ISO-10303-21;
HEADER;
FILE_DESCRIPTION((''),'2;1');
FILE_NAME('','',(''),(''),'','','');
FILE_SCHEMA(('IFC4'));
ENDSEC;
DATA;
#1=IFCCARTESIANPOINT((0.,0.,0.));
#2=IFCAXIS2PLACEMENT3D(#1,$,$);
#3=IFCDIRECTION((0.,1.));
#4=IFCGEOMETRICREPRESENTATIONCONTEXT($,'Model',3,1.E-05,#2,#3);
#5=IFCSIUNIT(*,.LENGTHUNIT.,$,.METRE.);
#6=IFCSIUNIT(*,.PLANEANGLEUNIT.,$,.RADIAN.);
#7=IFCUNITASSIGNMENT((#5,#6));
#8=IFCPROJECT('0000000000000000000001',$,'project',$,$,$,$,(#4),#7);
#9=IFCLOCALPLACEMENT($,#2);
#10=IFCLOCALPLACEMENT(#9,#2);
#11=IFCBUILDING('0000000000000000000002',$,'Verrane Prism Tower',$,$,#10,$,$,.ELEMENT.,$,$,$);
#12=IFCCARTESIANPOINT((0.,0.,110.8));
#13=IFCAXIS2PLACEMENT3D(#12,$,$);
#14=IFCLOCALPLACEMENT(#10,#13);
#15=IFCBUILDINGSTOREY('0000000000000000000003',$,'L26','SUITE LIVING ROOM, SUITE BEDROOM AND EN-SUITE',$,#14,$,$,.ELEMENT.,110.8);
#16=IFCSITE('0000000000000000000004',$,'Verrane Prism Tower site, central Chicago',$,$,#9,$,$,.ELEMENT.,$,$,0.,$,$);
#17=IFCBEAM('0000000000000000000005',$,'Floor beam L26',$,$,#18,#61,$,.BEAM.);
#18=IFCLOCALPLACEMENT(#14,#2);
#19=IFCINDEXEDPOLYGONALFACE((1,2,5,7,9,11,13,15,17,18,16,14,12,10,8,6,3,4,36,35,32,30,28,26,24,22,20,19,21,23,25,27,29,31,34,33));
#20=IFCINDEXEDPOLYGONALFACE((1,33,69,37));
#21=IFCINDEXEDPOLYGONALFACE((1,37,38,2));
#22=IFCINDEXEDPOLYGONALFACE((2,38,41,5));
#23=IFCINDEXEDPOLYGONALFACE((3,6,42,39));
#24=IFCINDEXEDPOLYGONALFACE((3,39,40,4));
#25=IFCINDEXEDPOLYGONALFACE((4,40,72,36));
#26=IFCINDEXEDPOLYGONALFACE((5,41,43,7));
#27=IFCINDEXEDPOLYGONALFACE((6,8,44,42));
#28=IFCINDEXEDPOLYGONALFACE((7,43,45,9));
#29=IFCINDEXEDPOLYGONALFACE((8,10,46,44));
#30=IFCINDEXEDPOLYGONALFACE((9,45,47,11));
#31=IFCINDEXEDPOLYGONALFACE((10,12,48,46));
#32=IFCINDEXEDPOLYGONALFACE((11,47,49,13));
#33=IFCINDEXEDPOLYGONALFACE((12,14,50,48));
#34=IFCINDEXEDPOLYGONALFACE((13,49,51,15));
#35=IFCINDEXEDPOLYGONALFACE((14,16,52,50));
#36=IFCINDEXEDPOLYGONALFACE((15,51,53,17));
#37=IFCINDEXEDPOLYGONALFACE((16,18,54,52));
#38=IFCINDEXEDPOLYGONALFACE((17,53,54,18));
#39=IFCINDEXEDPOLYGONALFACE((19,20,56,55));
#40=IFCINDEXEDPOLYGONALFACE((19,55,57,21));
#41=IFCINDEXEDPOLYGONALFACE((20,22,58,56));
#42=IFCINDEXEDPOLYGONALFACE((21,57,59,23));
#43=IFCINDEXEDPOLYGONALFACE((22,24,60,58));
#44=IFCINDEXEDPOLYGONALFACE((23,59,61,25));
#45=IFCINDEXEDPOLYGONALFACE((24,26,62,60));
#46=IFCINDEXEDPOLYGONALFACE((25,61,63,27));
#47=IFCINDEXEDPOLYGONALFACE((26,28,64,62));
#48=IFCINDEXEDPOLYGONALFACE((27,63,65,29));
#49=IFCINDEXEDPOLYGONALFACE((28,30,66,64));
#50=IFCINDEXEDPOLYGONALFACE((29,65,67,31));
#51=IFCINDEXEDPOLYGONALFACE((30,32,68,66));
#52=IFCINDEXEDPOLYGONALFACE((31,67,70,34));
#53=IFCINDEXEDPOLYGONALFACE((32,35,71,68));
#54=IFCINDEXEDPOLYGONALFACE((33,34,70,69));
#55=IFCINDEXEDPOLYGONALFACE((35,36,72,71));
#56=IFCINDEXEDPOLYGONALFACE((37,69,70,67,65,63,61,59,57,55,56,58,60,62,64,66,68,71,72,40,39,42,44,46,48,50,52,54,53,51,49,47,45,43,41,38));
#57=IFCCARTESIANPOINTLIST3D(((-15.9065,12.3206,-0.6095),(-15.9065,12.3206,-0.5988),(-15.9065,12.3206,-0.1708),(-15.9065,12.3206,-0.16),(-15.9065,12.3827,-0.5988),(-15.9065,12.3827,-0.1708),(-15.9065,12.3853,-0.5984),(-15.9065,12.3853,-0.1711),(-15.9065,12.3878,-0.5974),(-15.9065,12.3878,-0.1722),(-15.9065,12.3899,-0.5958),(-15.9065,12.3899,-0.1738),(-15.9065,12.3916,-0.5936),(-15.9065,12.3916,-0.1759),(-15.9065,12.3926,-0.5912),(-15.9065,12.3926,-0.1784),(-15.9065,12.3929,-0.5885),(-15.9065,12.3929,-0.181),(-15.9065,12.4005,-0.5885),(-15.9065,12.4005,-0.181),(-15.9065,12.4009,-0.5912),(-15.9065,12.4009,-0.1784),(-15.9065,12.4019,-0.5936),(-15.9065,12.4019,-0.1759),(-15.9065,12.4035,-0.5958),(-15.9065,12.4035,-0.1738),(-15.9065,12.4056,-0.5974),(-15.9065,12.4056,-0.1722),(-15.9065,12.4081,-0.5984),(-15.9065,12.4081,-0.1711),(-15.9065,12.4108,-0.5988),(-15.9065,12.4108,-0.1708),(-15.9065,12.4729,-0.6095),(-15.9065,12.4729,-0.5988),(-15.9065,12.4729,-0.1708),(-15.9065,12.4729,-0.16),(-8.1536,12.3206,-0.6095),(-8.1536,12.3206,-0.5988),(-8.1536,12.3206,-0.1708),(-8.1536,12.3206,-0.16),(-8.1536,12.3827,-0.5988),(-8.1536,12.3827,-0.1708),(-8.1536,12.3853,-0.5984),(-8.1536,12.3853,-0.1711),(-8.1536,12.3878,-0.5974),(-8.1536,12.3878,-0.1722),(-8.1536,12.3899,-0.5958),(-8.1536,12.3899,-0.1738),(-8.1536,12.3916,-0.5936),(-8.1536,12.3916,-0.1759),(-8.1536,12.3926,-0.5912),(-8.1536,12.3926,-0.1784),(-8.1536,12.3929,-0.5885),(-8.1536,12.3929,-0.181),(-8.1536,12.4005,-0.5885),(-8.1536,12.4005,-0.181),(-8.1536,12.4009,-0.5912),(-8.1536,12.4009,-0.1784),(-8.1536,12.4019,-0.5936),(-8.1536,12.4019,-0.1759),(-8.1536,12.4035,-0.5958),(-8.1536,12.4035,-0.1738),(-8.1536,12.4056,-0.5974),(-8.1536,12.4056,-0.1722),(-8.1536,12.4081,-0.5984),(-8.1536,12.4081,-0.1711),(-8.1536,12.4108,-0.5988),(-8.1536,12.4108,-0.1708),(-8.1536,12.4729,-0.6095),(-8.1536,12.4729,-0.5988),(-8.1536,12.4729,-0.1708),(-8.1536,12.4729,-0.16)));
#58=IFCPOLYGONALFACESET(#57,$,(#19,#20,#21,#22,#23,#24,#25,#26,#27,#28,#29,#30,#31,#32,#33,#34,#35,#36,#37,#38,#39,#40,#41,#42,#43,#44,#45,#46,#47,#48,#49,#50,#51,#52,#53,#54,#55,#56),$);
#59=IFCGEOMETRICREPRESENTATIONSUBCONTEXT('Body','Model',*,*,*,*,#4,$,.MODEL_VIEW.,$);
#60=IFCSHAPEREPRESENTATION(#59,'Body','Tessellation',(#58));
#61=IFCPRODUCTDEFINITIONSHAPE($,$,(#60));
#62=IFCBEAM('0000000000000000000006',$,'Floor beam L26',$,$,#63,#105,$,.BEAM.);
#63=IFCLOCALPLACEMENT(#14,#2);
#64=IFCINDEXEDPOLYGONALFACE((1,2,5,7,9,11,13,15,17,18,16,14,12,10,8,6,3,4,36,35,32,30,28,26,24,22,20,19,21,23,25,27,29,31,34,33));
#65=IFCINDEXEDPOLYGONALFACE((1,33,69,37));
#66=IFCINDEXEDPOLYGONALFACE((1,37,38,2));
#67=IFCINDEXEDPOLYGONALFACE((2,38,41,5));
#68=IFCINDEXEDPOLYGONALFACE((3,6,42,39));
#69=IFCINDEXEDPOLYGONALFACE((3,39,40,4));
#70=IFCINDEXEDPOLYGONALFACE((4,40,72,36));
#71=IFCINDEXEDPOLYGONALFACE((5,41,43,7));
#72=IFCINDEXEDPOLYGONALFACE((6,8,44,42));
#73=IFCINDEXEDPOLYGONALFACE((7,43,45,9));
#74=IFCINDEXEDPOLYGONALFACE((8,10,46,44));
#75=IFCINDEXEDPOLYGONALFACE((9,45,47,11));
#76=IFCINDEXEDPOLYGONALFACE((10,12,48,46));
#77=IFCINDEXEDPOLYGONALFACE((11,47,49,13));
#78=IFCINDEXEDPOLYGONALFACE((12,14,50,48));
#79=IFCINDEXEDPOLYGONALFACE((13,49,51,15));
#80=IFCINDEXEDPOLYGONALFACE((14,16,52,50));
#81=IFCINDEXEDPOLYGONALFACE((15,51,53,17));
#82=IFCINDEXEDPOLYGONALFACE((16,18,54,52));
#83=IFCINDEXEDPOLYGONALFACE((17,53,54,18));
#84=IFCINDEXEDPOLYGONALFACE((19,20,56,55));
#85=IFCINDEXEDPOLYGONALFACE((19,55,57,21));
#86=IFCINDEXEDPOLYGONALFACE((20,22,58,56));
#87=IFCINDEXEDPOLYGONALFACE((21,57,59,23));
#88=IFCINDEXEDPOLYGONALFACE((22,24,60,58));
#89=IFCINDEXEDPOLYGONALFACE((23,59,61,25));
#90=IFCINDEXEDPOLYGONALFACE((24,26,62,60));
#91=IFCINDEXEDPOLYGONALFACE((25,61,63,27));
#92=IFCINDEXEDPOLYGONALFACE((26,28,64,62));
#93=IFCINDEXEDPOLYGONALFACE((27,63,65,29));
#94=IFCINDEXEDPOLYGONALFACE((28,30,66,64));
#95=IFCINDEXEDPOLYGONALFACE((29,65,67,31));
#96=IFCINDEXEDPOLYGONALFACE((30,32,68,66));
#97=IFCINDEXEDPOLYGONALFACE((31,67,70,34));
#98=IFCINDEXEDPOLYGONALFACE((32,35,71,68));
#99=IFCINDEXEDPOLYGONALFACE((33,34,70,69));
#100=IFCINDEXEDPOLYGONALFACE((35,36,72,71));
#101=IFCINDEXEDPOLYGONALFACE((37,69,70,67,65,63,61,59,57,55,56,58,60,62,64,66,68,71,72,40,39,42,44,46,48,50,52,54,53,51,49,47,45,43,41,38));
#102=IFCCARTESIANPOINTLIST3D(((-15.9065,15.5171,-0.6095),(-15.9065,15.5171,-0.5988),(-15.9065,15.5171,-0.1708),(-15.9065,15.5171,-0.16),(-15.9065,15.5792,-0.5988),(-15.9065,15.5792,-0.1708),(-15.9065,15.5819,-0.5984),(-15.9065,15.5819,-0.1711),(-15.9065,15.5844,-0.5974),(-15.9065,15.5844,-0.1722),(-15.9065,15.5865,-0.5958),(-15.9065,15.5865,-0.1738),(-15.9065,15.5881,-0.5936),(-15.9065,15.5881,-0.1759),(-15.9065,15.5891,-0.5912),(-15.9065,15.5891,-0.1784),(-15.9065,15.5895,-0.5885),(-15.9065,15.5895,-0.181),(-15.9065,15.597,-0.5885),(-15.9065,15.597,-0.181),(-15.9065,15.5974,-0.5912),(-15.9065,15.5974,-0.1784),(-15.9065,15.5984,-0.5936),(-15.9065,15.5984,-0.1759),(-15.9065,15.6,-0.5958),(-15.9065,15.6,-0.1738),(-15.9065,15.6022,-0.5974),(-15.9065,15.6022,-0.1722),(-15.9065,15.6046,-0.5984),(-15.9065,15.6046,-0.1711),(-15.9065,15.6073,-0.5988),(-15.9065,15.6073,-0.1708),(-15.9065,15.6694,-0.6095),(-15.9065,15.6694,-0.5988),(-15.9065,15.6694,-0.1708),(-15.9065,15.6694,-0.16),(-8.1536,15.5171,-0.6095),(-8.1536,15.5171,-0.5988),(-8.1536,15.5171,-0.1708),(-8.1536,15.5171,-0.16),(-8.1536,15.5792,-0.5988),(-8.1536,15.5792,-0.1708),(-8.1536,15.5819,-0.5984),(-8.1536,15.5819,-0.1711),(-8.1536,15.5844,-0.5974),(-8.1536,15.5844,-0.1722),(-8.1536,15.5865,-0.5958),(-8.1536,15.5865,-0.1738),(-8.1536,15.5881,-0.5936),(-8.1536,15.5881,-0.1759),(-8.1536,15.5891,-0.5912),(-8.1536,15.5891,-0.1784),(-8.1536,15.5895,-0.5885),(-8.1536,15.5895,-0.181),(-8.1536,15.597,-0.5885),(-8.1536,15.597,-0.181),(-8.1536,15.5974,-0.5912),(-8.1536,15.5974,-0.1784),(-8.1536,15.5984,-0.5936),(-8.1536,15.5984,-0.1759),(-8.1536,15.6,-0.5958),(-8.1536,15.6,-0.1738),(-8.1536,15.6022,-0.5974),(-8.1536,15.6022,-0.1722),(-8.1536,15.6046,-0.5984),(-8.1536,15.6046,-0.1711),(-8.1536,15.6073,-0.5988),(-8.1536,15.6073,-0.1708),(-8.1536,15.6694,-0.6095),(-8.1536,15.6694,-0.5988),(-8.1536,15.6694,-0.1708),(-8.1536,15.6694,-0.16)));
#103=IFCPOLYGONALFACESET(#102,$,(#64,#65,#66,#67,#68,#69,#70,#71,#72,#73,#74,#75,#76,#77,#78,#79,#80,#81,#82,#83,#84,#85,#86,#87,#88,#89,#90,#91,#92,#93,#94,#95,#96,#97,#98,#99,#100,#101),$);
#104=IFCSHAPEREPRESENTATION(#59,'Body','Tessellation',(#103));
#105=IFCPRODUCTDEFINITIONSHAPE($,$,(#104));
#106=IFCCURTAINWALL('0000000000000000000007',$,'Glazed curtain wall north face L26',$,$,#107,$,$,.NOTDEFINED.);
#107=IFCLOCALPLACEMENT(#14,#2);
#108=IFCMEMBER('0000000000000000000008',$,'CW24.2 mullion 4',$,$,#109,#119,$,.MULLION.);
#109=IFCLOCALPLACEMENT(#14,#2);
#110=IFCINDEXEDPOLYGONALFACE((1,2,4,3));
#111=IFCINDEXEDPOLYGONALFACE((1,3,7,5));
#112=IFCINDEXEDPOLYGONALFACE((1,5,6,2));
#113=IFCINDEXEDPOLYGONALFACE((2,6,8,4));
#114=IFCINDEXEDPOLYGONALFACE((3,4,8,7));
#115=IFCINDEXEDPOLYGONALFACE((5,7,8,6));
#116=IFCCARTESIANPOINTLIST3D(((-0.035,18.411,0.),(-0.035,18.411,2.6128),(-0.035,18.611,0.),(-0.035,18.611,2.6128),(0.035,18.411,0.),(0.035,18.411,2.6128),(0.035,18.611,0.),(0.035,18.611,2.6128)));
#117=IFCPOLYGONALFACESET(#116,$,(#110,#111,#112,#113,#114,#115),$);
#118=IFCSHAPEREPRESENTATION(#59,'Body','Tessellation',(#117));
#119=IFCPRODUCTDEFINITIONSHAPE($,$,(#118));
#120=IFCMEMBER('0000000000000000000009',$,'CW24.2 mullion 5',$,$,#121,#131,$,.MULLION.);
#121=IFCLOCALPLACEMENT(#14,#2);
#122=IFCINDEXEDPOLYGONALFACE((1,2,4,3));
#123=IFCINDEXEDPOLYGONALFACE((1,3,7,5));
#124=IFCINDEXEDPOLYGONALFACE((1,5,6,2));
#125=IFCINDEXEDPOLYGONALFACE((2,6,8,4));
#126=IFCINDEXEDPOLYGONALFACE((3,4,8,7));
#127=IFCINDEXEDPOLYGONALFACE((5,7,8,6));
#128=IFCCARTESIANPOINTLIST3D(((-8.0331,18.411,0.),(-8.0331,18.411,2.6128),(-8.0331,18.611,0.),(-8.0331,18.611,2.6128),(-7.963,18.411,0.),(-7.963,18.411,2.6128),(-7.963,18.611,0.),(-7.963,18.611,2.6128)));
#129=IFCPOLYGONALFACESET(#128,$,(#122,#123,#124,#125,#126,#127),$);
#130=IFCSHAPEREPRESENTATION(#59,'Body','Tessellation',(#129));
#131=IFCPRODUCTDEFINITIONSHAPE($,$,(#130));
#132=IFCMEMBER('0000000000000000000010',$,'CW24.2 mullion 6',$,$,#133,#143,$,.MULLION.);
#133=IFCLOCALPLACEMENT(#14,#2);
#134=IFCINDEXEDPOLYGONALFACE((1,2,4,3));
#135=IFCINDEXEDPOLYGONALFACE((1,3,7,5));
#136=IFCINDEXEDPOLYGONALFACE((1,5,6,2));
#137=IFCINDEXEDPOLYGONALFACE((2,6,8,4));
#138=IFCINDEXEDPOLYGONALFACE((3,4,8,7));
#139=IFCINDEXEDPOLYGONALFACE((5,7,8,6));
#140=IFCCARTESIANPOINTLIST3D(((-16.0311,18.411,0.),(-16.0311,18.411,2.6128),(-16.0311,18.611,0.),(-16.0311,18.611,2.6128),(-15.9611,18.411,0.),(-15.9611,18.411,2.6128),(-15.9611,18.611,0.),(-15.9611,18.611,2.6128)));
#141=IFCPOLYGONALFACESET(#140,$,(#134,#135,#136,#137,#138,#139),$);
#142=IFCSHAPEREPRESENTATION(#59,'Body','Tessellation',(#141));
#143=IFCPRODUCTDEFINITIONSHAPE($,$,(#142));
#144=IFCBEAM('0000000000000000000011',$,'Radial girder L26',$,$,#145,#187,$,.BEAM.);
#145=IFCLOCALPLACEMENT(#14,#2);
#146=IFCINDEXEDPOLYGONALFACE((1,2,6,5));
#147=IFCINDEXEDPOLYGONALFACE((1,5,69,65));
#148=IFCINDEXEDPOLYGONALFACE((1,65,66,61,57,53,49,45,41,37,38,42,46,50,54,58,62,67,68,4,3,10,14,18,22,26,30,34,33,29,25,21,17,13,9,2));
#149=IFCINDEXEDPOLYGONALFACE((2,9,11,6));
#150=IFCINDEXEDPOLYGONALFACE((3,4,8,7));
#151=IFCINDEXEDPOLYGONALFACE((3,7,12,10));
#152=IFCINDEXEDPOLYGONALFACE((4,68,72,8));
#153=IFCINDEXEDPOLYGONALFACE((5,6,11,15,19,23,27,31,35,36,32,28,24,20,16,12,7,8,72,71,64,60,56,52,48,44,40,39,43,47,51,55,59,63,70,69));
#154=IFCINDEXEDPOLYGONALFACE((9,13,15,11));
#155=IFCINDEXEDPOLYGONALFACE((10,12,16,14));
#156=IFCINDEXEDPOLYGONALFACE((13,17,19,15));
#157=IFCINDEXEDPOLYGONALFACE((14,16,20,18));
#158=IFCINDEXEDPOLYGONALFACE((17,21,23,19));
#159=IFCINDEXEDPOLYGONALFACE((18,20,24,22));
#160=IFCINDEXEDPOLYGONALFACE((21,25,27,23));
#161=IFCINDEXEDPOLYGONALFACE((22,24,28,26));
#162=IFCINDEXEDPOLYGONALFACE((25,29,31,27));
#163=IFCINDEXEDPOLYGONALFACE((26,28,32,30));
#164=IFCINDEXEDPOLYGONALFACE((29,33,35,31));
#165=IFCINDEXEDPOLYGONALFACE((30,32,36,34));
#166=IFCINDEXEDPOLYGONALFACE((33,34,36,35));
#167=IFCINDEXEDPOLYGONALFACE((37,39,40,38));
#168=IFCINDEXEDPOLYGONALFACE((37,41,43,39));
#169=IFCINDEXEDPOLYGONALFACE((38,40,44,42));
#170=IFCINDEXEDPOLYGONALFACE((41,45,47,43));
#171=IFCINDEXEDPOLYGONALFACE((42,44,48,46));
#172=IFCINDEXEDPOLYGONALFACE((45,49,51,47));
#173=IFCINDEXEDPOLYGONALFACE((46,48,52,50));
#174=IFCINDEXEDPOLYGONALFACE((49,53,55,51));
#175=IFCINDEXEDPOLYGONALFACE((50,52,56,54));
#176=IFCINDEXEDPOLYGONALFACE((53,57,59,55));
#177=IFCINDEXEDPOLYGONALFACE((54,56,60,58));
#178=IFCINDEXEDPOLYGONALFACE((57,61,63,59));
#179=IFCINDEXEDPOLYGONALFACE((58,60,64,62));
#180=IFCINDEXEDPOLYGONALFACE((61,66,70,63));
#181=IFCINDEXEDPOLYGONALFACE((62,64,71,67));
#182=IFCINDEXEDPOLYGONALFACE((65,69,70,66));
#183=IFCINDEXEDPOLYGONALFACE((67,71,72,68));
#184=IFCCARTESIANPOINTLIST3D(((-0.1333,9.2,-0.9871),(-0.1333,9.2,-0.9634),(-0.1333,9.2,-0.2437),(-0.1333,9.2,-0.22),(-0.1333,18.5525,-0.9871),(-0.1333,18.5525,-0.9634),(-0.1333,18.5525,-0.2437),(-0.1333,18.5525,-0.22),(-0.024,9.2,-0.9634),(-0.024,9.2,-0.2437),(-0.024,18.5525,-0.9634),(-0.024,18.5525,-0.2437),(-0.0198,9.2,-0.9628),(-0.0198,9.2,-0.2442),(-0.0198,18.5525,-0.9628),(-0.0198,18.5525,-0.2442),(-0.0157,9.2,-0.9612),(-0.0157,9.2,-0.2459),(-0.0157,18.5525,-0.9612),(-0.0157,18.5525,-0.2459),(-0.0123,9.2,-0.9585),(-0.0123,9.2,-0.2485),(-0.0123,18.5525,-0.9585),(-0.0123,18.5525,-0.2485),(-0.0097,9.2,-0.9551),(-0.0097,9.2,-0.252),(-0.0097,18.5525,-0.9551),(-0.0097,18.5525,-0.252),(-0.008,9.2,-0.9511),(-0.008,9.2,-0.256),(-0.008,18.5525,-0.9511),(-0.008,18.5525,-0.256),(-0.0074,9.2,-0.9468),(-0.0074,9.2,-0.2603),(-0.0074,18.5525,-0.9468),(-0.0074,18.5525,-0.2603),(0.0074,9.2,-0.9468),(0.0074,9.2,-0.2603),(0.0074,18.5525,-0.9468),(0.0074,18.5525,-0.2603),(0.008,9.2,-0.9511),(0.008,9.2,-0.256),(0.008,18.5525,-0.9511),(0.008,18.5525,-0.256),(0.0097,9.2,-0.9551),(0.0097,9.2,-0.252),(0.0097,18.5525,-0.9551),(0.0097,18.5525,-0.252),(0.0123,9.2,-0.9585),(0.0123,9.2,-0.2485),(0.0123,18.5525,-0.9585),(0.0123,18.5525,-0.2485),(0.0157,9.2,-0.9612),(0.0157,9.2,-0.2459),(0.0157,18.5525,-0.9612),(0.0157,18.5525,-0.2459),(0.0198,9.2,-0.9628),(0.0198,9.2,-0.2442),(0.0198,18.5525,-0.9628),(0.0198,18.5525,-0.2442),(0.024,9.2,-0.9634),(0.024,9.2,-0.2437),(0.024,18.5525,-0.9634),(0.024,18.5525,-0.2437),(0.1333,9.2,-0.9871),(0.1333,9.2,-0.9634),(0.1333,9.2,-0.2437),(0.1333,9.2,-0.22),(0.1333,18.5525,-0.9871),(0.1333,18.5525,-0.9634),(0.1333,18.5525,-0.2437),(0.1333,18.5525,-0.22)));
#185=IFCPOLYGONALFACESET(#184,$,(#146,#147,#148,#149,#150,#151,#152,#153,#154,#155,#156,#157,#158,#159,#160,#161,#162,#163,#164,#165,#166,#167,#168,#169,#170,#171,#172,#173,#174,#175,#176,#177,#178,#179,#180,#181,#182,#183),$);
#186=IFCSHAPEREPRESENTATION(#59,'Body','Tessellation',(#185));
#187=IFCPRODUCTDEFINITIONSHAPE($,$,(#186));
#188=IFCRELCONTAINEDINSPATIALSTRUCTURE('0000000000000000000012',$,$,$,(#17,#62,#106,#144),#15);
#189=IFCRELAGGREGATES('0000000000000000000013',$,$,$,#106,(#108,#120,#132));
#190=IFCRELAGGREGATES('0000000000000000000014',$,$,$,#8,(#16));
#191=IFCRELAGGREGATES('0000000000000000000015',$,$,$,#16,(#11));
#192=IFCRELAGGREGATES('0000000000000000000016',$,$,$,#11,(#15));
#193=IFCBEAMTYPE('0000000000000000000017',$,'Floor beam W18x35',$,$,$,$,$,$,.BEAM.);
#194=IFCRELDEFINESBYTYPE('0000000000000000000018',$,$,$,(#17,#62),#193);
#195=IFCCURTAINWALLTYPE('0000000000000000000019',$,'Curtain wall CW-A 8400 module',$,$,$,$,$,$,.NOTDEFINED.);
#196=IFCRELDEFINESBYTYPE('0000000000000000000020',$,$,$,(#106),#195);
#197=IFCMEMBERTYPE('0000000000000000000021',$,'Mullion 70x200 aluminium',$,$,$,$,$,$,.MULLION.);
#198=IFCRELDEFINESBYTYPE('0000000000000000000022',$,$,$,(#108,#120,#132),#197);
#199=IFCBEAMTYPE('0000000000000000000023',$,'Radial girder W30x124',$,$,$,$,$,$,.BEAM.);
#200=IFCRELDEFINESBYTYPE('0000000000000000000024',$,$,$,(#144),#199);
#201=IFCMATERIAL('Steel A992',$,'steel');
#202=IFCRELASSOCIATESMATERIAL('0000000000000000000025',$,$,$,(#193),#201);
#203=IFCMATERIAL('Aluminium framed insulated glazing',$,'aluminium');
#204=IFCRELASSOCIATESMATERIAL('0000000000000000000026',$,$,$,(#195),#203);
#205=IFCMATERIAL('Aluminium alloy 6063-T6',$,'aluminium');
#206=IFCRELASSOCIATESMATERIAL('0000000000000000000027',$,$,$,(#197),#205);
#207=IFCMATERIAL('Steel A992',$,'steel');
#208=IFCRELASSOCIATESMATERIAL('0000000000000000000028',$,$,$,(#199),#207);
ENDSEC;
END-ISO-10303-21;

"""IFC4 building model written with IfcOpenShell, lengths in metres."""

from ifc_helpers import new_model, si_unit, direction, frame, origin, origin_2d, place, context, subcontext, project, spatial, rectangle, i_section, extrude, material, material_profile, profile_set, type_object, element, aggregate, save


model = new_model("IFC4")

# Units and contexts
model_context = context("Model", 3, precision=1e-05, world=origin(), true_north=direction((0.0, 1.0)))
body_context = subcontext(model_context, "Body", "Model", "MODEL_VIEW")
ifc_project = project(units=[si_unit("LENGTHUNIT", "METRE"), si_unit("PLANEANGLEUNIT", "RADIAN")], contexts=[model_context])

# Site, building, storey
site_placement = place(None, origin())
site = spatial("IfcSite", under=ifc_project, at=site_placement, Name="Verrane Prism Tower site, central Chicago", CompositionType="ELEMENT", RefElevation=0.0)
building_placement = place(site_placement, origin())
building = spatial("IfcBuilding", under=site, at=building_placement, Name="Verrane Prism Tower", CompositionType="ELEMENT")
storey_placement = place(building_placement, frame((0.0, 0.0, 110.8)))
storey = spatial("IfcBuildingStorey", under=building, at=storey_placement, Name="L26", Description="SUITE LIVING ROOM, SUITE BEDROOM AND EN-SUITE", CompositionType="ELEMENT", Elevation=110.8)

# Beams
ifc_material_1 = material(Name="Steel A992", Category="steel")
ifc_material_profile_1 = material_profile(ifc_material_1, i_section(OverallWidth=0.1523, OverallDepth=0.4495, WebThickness=0.0076, FlangeThickness=0.0107, FilletRadius=0.0103, at=origin_2d()), Name="W18x35")
ifc_profile_set_1 = profile_set([ifc_material_profile_1], Name="Steel A992")
beam_type_1 = type_object("IfcBeamType", Name="Floor beam W18x35", PredefinedType="BEAM", material=ifc_profile_set_1)
for number, where, z_axis, x_axis, name in (
    (1, (-15.9065, 12.3967, -0.3848), (1.0, 0.0, 0.0), (0.0, 1.0, 0.0), "Floor beam L26"),
    (2, (-15.9065, 15.5933, -0.3848), (1.0, 0.0, 0.0), (0.0, 1.0, 0.0), "Floor beam L26"),
):
    element("IfcBeam", number, at=place(storey_placement, frame(where, z_axis=z_axis, x_axis=x_axis)), inside=storey, type_object=beam_type_1, Name=name, PredefinedType="BEAM", context=body_context, shape_type="SweptSolid", body=[
        extrude(i_section(OverallWidth=0.1523, OverallDepth=0.4495, WebThickness=0.0076, FlangeThickness=0.0107, FilletRadius=0.0103, at=origin_2d()), origin(), (0.0, 0.0, 1.0), 7.7529),
    ])

# Curtain wall, members
ifc_material_2 = material(Name="Aluminium framed insulated glazing", Category="aluminium")
curtain_wall_type = type_object("IfcCurtainWallType", Name="Curtain wall CW-A 8400 module", PredefinedType="NOTDEFINED", material=ifc_material_2)
curtain_wall_placement = place(storey_placement, origin())
curtain_wall = element("IfcCurtainWall", 3, at=curtain_wall_placement, inside=storey, type_object=curtain_wall_type, Name="Glazed curtain wall north face L26", PredefinedType="NOTDEFINED")
ifc_material_3 = material(Name="Aluminium alloy 6063-T6", Category="aluminium")
ifc_material_profile_2 = material_profile(ifc_material_3, rectangle(XDim=0.2, YDim=0.0701, at=origin_2d()), Name="Mullion 70x200 aluminium")
ifc_profile_set_2 = profile_set([ifc_material_profile_2], Name="Aluminium alloy 6063-T6")
member_type_1 = type_object("IfcMemberType", Name="Mullion 70x200 aluminium", PredefinedType="MULLION", material=ifc_profile_set_2)
member_1_placement = place(storey_placement, frame((0.0, 18.511, 0.0), z_axis=(0.0, 0.0, 1.0), x_axis=(0.0, -1.0, 0.0)))
member_1 = element("IfcMember", 4, at=member_1_placement, type_object=member_type_1, Name="CW24.2 mullion 4", PredefinedType="MULLION", context=body_context, shape_type="SweptSolid", body=[
    extrude(rectangle(XDim=0.2, YDim=0.0701, at=origin_2d()), origin(), (0.0, 0.0, 1.0), 2.6128),
])
member_2_placement = place(storey_placement, frame((-7.998, 18.511, 0.0), z_axis=(0.0, 0.0, 1.0), x_axis=(0.0, -1.0, 0.0)))
member_2 = element("IfcMember", 5, at=member_2_placement, type_object=member_type_1, Name="CW24.2 mullion 5", PredefinedType="MULLION", context=body_context, shape_type="SweptSolid", body=[
    extrude(rectangle(XDim=0.2, YDim=0.0701, at=origin_2d()), origin(), (0.0, 0.0, 1.0), 2.6128),
])
member_3_placement = place(storey_placement, frame((-15.9961, 18.511, 0.0), z_axis=(0.0, 0.0, 1.0), x_axis=(0.0, -1.0, 0.0)))
member_3 = element("IfcMember", 6, at=member_3_placement, type_object=member_type_1, Name="CW24.2 mullion 6", PredefinedType="MULLION", context=body_context, shape_type="SweptSolid", body=[
    extrude(rectangle(XDim=0.2, YDim=0.0701, at=origin_2d()), origin(), (0.0, 0.0, 1.0), 2.6128),
])

# Beam
ifc_material_4 = material(Name="Steel A992", Category="steel")
ifc_material_profile_3 = material_profile(ifc_material_4, i_section(OverallWidth=0.2666, OverallDepth=0.7671, WebThickness=0.0149, FlangeThickness=0.0237, FilletRadius=0.0166, at=origin_2d()), Name="W30x124")
ifc_profile_set_3 = profile_set([ifc_material_profile_3], Name="Steel A992")
beam_type_2 = type_object("IfcBeamType", Name="Radial girder W30x124", PredefinedType="BEAM", material=ifc_profile_set_3)
for number, where, z_axis, x_axis, name in (
    (7, (0.0, 18.5525, -0.6035), (0.0, -1.0, 0.0), (1.0, 0.0, 0.0), "Radial girder L26"),
):
    element("IfcBeam", number, at=place(storey_placement, frame(where, z_axis=z_axis, x_axis=x_axis)), inside=storey, type_object=beam_type_2, Name=name, PredefinedType="BEAM", context=body_context, shape_type="SweptSolid", body=[
        extrude(i_section(OverallWidth=0.2666, OverallDepth=0.7671, WebThickness=0.0149, FlangeThickness=0.0237, FilletRadius=0.0166, at=origin_2d()), origin(), (0.0, 0.0, 1.0), 9.3525),
    ])

aggregate(curtain_wall, [member_1, member_2, member_3])

save(model, "model.ifc")
